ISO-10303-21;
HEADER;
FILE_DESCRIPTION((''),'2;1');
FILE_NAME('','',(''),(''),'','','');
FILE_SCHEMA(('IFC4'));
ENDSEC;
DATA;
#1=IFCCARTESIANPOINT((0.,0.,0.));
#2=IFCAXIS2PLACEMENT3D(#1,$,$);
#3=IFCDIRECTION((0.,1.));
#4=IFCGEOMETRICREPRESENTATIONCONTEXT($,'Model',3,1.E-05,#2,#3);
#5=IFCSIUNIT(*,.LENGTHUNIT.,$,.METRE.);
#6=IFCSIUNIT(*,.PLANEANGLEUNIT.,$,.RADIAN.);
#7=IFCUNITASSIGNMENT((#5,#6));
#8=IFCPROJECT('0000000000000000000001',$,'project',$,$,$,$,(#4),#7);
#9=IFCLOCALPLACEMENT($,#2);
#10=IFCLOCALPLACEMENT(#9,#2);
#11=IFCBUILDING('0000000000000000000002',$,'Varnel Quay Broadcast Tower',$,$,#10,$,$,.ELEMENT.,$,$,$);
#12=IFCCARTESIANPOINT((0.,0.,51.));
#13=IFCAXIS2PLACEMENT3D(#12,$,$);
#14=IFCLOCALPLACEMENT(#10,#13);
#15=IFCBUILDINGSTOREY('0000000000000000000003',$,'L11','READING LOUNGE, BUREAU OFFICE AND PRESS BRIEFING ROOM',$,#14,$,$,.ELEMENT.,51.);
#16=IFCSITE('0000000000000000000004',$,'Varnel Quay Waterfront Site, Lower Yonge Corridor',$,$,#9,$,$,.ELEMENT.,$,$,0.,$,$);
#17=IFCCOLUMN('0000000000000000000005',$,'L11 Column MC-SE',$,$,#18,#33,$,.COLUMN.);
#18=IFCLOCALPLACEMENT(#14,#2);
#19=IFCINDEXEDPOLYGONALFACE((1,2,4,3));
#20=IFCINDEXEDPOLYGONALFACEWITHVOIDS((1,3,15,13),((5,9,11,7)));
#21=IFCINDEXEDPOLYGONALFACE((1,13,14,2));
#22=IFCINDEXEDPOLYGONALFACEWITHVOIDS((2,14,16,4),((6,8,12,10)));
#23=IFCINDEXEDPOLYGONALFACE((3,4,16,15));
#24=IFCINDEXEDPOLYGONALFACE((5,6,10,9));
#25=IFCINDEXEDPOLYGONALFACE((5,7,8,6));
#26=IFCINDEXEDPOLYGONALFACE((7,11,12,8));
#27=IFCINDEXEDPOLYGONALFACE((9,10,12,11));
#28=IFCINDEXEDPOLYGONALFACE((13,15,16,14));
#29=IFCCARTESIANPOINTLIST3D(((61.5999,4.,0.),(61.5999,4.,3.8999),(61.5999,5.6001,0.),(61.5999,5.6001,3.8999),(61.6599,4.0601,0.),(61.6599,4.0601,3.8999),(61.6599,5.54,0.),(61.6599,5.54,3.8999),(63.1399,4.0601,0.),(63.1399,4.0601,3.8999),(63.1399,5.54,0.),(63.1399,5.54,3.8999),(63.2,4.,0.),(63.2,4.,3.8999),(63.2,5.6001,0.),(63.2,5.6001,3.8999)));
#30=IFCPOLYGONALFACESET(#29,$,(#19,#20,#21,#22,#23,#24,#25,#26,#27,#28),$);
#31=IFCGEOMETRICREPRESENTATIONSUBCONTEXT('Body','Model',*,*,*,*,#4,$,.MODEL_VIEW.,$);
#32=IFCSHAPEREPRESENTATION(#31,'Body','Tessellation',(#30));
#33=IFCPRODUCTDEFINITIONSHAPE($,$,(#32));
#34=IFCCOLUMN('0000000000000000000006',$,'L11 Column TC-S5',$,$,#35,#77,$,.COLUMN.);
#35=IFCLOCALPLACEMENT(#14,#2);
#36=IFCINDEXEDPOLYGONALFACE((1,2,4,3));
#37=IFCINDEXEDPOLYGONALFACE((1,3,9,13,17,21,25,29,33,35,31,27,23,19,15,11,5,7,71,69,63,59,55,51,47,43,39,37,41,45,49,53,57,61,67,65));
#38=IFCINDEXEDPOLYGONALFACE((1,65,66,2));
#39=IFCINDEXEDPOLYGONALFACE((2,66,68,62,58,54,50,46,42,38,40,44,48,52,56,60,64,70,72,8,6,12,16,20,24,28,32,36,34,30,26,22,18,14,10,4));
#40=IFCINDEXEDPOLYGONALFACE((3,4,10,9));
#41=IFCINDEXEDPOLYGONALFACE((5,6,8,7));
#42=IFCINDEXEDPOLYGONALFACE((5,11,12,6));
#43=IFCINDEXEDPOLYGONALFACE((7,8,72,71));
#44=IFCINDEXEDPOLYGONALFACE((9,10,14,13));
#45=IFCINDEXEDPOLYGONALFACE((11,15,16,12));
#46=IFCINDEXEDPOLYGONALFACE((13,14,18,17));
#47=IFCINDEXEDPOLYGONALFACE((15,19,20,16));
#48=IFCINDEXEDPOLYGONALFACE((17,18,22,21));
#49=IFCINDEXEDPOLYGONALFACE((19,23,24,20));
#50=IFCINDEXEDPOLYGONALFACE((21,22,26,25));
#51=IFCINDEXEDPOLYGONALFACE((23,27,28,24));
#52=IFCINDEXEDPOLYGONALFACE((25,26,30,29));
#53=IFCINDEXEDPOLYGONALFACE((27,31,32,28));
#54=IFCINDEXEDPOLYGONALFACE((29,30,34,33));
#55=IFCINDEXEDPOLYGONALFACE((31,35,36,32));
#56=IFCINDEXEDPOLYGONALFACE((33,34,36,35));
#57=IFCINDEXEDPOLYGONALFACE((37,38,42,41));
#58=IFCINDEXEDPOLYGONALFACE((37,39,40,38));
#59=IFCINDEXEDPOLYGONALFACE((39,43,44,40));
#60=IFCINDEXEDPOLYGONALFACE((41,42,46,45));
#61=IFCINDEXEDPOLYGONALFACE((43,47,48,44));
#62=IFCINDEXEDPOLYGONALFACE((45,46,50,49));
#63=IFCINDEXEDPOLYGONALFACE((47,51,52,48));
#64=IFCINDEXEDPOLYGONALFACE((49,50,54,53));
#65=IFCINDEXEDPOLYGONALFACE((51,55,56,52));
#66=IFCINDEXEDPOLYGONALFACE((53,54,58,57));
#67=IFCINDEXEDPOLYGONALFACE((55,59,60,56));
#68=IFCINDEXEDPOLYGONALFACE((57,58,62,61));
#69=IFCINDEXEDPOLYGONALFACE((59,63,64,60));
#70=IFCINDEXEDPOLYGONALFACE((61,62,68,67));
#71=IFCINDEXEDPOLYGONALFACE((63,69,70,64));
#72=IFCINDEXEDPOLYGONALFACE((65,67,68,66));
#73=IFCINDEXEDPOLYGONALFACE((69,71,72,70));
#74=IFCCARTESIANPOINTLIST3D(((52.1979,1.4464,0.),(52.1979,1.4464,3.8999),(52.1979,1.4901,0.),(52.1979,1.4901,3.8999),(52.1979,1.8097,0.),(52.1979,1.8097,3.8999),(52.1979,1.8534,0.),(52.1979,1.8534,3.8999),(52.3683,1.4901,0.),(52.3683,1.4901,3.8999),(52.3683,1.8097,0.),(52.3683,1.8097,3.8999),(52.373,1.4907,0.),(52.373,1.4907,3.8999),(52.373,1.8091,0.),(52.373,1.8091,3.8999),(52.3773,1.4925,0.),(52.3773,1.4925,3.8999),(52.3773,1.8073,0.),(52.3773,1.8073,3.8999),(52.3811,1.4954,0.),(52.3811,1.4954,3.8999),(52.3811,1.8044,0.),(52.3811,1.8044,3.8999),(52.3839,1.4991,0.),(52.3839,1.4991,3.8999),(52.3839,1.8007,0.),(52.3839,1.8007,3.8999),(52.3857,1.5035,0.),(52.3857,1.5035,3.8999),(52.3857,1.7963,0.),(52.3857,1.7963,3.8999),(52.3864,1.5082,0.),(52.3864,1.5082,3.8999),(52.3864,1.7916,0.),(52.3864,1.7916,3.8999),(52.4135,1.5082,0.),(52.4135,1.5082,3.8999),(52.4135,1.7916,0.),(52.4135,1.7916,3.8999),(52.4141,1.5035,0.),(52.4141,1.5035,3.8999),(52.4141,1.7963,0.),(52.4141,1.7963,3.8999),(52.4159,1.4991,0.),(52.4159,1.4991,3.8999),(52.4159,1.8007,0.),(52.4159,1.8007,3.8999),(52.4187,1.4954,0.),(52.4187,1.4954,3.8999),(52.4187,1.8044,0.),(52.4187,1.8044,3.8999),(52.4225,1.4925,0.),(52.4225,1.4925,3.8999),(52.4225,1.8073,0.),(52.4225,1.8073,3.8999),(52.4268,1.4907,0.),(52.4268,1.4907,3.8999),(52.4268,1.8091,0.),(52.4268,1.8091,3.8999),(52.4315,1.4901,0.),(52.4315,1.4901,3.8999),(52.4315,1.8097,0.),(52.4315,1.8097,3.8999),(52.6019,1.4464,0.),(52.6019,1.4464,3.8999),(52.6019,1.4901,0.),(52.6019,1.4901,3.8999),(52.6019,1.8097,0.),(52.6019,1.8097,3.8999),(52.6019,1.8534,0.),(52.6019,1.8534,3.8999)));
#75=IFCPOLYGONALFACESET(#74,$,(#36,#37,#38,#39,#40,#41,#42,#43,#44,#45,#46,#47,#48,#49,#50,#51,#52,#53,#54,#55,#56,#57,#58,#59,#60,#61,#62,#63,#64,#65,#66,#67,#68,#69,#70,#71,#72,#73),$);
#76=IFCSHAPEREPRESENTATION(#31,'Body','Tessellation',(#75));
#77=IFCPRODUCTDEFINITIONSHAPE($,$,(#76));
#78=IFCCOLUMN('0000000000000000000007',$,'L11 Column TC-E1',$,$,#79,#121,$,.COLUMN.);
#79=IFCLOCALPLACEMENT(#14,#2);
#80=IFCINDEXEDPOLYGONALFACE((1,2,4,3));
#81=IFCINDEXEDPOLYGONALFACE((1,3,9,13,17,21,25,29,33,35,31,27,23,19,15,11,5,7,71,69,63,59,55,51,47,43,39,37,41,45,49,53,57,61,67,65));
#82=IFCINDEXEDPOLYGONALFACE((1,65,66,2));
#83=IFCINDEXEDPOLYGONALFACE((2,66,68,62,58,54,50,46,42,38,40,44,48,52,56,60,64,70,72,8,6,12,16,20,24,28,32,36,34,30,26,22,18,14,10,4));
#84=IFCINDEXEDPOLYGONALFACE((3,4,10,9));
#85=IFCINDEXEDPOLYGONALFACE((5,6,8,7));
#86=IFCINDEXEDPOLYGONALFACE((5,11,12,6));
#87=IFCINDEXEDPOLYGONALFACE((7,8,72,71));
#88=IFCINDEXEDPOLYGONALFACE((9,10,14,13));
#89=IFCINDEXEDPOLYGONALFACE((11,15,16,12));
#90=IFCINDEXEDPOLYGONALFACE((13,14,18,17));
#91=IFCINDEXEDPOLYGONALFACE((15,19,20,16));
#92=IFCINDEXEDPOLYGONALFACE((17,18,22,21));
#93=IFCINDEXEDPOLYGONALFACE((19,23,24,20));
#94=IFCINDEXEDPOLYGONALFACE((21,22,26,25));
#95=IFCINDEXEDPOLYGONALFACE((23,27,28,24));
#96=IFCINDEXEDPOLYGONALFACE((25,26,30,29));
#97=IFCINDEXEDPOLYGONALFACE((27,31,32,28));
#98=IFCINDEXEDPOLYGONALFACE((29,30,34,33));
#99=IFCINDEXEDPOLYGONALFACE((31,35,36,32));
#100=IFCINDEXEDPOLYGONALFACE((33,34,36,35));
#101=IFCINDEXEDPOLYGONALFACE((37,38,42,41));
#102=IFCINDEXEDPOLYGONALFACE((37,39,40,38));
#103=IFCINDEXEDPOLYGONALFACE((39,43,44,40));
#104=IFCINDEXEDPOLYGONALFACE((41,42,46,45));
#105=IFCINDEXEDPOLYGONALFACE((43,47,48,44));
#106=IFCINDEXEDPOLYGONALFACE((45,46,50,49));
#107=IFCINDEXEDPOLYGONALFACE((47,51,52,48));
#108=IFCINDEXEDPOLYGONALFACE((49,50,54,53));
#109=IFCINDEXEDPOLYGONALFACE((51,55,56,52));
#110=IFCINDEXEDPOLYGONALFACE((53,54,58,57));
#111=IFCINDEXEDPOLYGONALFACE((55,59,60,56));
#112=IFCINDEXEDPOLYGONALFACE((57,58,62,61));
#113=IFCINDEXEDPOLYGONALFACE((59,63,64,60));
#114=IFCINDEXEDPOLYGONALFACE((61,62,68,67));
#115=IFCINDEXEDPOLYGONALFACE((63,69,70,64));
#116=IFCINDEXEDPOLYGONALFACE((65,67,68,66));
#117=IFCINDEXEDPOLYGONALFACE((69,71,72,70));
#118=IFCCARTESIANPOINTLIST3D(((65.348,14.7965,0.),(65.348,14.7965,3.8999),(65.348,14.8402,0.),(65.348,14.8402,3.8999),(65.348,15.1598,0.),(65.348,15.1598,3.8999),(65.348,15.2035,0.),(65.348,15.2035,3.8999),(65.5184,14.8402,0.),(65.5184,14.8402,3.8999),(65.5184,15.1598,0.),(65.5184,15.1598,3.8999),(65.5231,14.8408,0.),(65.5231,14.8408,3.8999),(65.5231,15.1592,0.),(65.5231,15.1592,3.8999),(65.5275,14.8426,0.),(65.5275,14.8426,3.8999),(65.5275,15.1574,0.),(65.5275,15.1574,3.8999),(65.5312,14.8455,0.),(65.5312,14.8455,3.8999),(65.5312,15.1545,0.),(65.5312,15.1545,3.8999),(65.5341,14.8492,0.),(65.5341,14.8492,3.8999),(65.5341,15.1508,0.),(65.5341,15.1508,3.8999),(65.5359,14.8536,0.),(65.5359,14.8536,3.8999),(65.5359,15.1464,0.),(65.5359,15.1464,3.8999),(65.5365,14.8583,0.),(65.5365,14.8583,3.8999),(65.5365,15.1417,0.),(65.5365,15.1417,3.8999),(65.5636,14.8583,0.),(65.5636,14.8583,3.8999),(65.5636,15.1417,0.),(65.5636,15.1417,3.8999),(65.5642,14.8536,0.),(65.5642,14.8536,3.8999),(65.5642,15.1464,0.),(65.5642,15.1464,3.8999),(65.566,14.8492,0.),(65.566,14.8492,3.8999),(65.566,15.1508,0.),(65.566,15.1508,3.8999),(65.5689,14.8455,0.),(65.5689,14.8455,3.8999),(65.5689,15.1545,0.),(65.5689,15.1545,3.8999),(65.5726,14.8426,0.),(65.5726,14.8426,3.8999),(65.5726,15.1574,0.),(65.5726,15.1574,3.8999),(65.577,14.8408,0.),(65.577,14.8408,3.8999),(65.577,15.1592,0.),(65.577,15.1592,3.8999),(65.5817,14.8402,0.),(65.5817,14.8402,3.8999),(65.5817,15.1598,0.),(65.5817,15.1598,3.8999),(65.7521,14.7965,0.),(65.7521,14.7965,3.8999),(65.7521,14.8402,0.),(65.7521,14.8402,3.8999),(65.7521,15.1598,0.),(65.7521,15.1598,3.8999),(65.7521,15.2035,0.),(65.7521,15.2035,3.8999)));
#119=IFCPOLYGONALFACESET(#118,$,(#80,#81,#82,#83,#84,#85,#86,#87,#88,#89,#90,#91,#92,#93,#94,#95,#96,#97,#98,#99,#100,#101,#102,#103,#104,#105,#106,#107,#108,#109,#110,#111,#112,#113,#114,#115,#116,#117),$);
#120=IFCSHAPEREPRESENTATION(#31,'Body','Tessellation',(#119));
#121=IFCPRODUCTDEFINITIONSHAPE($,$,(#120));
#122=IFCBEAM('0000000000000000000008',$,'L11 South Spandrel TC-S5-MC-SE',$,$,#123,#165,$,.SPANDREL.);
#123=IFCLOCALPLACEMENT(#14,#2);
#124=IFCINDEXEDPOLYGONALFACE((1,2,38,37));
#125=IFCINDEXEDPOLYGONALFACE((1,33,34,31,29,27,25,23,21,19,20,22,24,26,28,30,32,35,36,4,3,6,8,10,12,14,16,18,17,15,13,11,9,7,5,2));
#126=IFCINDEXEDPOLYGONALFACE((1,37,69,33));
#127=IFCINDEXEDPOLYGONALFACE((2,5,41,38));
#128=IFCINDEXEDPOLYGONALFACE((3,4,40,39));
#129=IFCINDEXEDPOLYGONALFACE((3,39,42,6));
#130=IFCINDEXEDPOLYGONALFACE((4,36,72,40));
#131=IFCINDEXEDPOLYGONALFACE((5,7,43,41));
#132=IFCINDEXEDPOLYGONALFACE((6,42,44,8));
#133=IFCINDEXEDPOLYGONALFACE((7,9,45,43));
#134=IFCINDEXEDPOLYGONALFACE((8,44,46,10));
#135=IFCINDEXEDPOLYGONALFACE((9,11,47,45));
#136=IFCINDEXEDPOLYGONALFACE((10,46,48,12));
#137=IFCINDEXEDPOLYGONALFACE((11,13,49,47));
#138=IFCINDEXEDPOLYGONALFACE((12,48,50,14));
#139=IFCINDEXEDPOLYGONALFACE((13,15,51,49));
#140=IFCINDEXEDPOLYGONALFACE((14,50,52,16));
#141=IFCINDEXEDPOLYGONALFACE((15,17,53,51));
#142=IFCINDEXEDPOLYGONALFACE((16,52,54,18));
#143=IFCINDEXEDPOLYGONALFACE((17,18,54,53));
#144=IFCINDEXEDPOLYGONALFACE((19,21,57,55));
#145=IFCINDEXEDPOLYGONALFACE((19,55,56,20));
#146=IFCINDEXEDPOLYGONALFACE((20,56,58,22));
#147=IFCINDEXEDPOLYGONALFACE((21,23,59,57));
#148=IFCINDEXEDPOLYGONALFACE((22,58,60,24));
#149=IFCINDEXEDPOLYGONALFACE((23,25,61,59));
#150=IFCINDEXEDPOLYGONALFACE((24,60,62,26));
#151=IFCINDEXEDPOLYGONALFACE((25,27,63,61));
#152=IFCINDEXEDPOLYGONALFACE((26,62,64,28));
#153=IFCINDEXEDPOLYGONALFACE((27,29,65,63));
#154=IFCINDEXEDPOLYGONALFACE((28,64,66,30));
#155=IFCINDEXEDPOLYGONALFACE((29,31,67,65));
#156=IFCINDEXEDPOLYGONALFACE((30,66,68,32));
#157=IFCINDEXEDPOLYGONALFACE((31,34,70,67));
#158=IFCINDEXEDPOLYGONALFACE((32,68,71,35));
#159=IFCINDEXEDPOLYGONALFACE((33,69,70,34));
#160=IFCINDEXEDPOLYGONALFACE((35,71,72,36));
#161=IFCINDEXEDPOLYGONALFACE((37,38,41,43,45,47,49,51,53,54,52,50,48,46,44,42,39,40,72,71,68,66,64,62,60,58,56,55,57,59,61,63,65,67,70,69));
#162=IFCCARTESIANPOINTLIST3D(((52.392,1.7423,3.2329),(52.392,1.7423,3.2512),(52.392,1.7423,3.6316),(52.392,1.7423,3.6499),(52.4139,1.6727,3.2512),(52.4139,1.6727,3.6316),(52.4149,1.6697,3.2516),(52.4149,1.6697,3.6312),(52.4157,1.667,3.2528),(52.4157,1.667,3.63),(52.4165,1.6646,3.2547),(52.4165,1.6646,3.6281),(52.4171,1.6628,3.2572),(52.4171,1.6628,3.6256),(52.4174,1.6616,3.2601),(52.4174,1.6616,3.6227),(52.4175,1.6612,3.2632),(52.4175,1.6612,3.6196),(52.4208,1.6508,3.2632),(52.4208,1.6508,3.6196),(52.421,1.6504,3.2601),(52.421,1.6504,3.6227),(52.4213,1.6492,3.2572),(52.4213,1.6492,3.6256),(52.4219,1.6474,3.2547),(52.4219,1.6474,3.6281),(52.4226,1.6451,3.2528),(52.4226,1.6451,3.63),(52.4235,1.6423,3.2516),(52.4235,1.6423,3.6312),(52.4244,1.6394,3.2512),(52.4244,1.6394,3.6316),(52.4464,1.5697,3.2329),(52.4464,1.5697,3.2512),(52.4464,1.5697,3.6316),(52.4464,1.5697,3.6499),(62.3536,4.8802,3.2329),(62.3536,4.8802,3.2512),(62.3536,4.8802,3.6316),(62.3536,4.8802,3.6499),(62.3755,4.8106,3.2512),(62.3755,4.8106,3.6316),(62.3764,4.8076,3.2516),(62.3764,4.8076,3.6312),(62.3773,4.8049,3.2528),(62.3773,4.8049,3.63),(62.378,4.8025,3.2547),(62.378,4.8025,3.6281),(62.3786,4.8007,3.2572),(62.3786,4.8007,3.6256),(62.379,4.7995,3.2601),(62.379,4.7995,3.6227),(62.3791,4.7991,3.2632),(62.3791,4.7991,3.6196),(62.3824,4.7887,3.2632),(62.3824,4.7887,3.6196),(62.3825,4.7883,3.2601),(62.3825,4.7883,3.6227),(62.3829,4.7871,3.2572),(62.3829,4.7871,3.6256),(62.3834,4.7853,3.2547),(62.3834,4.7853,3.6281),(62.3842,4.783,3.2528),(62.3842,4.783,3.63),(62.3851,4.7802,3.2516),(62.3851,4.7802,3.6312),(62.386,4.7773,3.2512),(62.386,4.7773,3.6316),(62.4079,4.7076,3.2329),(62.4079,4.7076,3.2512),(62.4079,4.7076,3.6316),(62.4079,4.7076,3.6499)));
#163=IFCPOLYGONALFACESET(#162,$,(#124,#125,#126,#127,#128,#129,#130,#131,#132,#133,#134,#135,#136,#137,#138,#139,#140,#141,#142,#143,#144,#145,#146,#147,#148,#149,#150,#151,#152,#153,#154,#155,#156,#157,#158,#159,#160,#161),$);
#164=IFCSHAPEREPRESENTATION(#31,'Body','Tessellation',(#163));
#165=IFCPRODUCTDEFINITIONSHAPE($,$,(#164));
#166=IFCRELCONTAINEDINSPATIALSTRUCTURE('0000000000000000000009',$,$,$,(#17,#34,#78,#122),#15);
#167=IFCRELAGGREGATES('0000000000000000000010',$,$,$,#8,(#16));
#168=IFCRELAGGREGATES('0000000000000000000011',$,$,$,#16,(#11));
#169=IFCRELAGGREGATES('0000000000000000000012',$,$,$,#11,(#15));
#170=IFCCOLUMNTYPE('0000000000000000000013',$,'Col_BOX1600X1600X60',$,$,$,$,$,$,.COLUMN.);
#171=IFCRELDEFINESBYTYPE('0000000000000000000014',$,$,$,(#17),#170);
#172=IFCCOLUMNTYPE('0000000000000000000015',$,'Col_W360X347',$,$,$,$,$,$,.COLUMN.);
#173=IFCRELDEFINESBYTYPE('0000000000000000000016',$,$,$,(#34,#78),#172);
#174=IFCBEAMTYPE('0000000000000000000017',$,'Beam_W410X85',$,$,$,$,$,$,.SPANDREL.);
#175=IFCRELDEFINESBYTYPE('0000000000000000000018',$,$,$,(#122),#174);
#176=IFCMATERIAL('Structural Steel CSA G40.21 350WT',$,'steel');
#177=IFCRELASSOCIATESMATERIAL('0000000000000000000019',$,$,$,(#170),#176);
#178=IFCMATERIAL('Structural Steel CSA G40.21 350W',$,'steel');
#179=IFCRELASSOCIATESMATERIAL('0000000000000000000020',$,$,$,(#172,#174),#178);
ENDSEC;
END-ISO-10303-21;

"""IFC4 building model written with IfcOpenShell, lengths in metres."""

from ifc_helpers import new_model, si_unit, direction, frame, origin, origin_2d, place, context, subcontext, project, spatial, hollow_rectangle, i_section, extrude, source, transform, mapped, material, material_profile, profile_set, type_object, type_shapes, element, save


model = new_model("IFC4")

# Units and contexts
model_context = context("Model", 3, precision=1e-05, world=origin(), true_north=direction((0.0, 1.0)))
body_context = subcontext(model_context, "Body", "Model", "MODEL_VIEW")
ifc_project = project(units=[si_unit("LENGTHUNIT", "METRE"), si_unit("PLANEANGLEUNIT", "RADIAN")], contexts=[model_context])

# Site, building, storey
site_placement = place(None, origin())
site = spatial("IfcSite", under=ifc_project, at=site_placement, Name="Varnel Quay Waterfront Site, Lower Yonge Corridor", CompositionType="ELEMENT", RefElevation=0.0)
building_placement = place(site_placement, origin())
building = spatial("IfcBuilding", under=site, at=building_placement, Name="Varnel Quay Broadcast Tower", CompositionType="ELEMENT")
storey_placement = place(building_placement, frame((0.0, 0.0, 51.0)))
storey = spatial("IfcBuildingStorey", under=building, at=storey_placement, Name="L11", Description="READING LOUNGE, BUREAU OFFICE AND PRESS BRIEFING ROOM", CompositionType="ELEMENT", Elevation=51.0)

# Columns
ifc_material_1 = material(Name="Structural Steel CSA G40.21 350WT", Category="steel")
ifc_material_profile_1 = material_profile(ifc_material_1, hollow_rectangle(XDim=1.6001, YDim=1.6001, WallThickness=0.0601, at=origin_2d()), Name="BOX1600X1600X60")
ifc_profile_set_1 = profile_set([ifc_material_profile_1], Name="Structural Steel CSA G40.21 350WT")
column_type_1 = type_object("IfcColumnType", Name="Col_BOX1600X1600X60", PredefinedType="COLUMN", material=ifc_profile_set_1)
shared_shape_1 = source(origin(), body_context, "Body", "SweptSolid", [
    extrude(hollow_rectangle(XDim=1.6001, YDim=1.6001, WallThickness=0.0601, at=origin_2d()), origin(), (0.0, 0.0, 1.0), 3.8999),
])
type_shapes(column_type_1, [shared_shape_1])
column_placement = place(storey_placement, frame((62.3999, 4.8, 0.0), z_axis=(0.0, 0.0, 1.0), x_axis=(1.0, 0.0, 0.0)))
element("IfcColumn", 1, at=column_placement, inside=storey, type_object=column_type_1, Name="L11 Column MC-SE", PredefinedType="COLUMN", context=body_context, shape_type="MappedRepresentation", body=[
    mapped(shared_shape_1, transform((0.0, 0.0, 0.0), x_axis=(1.0, 0.0, 0.0), y_axis=(0.0, 1.0, 0.0), z_axis=(0.0, 0.0, 1.0), scale=1.0)),
])
ifc_material_2 = material(Name="Structural Steel CSA G40.21 350W", Category="steel")
ifc_material_profile_2 = material_profile(ifc_material_2, i_section(OverallWidth=0.4041, OverallDepth=0.407, WebThickness=0.0271, FlangeThickness=0.0437, FilletRadius=0.0181, at=origin_2d()), Name="W360X347")
ifc_profile_set_2 = profile_set([ifc_material_profile_2], Name="Structural Steel CSA G40.21 350W")
column_type_2 = type_object("IfcColumnType", Name="Col_W360X347", PredefinedType="COLUMN", material=ifc_profile_set_2)
shared_shape_2 = source(origin(), body_context, "Body", "SweptSolid", [
    extrude(i_section(OverallWidth=0.4041, OverallDepth=0.407, WebThickness=0.0271, FlangeThickness=0.0437, FilletRadius=0.0181, at=origin_2d()), origin(), (0.0, 0.0, 1.0), 3.8999),
])
type_shapes(column_type_2, [shared_shape_2])
for number, where, z_axis, x_axis, name in (
    (2, (52.3999, 1.6499, 0.0), (0.0, 0.0, 1.0), (1.0, 0.0, 0.0), "L11 Column TC-S5"),
    (3, (65.55, 15.0, 0.0), (0.0, 0.0, 1.0), (1.0, 0.0, 0.0), "L11 Column TC-E1"),
):
    element("IfcColumn", number, at=place(storey_placement, frame(where, z_axis=z_axis, x_axis=x_axis)), inside=storey, type_object=column_type_2, Name=name, PredefinedType="COLUMN", context=body_context, shape_type="MappedRepresentation", body=[
        mapped(shared_shape_2, transform((0.0, 0.0, 0.0), x_axis=(1.0, 0.0, 0.0), y_axis=(0.0, 1.0, 0.0), z_axis=(0.0, 0.0, 1.0), scale=1.0)),
    ])

# Beam
ifc_material_profile_3 = material_profile(ifc_material_2, i_section(OverallWidth=0.1809, OverallDepth=0.417, WebThickness=0.011, FlangeThickness=0.0183, FilletRadius=0.012, at=origin_2d()), Name="W410X85")
ifc_profile_set_3 = profile_set([ifc_material_profile_3], Name="Structural Steel CSA G40.21 350W")
beam_type = type_object("IfcBeamType", Name="Beam_W410X85", PredefinedType="SPANDREL", material=ifc_profile_set_3)
shared_shape_3 = source(origin(), body_context, "Body", "SweptSolid", [
    extrude(i_section(OverallWidth=0.1809, OverallDepth=0.417, WebThickness=0.011, FlangeThickness=0.0183, FilletRadius=0.012, at=origin_2d()), origin(), (0.0, 0.0, 1.0), 10.4441),
])
beam_1_placement = place(storey_placement, frame((52.4192, 1.656, 3.4414), z_axis=(0.953798, 0.300448, 0.0), x_axis=(-0.300448, 0.953798, 0.0)))
element("IfcBeam", 4, at=beam_1_placement, inside=storey, type_object=beam_type, Name="L11 South Spandrel TC-S5-MC-SE", PredefinedType="SPANDREL", context=body_context, shape_type="MappedRepresentation", body=[
    mapped(shared_shape_3, transform((0.0, 0.0, 0.0), x_axis=(1.0, 0.0, 0.0), y_axis=(0.0, 1.0, 0.0), z_axis=(0.0, 0.0, 1.0), scale=1.0)),
])

save(model, "model.ifc")
